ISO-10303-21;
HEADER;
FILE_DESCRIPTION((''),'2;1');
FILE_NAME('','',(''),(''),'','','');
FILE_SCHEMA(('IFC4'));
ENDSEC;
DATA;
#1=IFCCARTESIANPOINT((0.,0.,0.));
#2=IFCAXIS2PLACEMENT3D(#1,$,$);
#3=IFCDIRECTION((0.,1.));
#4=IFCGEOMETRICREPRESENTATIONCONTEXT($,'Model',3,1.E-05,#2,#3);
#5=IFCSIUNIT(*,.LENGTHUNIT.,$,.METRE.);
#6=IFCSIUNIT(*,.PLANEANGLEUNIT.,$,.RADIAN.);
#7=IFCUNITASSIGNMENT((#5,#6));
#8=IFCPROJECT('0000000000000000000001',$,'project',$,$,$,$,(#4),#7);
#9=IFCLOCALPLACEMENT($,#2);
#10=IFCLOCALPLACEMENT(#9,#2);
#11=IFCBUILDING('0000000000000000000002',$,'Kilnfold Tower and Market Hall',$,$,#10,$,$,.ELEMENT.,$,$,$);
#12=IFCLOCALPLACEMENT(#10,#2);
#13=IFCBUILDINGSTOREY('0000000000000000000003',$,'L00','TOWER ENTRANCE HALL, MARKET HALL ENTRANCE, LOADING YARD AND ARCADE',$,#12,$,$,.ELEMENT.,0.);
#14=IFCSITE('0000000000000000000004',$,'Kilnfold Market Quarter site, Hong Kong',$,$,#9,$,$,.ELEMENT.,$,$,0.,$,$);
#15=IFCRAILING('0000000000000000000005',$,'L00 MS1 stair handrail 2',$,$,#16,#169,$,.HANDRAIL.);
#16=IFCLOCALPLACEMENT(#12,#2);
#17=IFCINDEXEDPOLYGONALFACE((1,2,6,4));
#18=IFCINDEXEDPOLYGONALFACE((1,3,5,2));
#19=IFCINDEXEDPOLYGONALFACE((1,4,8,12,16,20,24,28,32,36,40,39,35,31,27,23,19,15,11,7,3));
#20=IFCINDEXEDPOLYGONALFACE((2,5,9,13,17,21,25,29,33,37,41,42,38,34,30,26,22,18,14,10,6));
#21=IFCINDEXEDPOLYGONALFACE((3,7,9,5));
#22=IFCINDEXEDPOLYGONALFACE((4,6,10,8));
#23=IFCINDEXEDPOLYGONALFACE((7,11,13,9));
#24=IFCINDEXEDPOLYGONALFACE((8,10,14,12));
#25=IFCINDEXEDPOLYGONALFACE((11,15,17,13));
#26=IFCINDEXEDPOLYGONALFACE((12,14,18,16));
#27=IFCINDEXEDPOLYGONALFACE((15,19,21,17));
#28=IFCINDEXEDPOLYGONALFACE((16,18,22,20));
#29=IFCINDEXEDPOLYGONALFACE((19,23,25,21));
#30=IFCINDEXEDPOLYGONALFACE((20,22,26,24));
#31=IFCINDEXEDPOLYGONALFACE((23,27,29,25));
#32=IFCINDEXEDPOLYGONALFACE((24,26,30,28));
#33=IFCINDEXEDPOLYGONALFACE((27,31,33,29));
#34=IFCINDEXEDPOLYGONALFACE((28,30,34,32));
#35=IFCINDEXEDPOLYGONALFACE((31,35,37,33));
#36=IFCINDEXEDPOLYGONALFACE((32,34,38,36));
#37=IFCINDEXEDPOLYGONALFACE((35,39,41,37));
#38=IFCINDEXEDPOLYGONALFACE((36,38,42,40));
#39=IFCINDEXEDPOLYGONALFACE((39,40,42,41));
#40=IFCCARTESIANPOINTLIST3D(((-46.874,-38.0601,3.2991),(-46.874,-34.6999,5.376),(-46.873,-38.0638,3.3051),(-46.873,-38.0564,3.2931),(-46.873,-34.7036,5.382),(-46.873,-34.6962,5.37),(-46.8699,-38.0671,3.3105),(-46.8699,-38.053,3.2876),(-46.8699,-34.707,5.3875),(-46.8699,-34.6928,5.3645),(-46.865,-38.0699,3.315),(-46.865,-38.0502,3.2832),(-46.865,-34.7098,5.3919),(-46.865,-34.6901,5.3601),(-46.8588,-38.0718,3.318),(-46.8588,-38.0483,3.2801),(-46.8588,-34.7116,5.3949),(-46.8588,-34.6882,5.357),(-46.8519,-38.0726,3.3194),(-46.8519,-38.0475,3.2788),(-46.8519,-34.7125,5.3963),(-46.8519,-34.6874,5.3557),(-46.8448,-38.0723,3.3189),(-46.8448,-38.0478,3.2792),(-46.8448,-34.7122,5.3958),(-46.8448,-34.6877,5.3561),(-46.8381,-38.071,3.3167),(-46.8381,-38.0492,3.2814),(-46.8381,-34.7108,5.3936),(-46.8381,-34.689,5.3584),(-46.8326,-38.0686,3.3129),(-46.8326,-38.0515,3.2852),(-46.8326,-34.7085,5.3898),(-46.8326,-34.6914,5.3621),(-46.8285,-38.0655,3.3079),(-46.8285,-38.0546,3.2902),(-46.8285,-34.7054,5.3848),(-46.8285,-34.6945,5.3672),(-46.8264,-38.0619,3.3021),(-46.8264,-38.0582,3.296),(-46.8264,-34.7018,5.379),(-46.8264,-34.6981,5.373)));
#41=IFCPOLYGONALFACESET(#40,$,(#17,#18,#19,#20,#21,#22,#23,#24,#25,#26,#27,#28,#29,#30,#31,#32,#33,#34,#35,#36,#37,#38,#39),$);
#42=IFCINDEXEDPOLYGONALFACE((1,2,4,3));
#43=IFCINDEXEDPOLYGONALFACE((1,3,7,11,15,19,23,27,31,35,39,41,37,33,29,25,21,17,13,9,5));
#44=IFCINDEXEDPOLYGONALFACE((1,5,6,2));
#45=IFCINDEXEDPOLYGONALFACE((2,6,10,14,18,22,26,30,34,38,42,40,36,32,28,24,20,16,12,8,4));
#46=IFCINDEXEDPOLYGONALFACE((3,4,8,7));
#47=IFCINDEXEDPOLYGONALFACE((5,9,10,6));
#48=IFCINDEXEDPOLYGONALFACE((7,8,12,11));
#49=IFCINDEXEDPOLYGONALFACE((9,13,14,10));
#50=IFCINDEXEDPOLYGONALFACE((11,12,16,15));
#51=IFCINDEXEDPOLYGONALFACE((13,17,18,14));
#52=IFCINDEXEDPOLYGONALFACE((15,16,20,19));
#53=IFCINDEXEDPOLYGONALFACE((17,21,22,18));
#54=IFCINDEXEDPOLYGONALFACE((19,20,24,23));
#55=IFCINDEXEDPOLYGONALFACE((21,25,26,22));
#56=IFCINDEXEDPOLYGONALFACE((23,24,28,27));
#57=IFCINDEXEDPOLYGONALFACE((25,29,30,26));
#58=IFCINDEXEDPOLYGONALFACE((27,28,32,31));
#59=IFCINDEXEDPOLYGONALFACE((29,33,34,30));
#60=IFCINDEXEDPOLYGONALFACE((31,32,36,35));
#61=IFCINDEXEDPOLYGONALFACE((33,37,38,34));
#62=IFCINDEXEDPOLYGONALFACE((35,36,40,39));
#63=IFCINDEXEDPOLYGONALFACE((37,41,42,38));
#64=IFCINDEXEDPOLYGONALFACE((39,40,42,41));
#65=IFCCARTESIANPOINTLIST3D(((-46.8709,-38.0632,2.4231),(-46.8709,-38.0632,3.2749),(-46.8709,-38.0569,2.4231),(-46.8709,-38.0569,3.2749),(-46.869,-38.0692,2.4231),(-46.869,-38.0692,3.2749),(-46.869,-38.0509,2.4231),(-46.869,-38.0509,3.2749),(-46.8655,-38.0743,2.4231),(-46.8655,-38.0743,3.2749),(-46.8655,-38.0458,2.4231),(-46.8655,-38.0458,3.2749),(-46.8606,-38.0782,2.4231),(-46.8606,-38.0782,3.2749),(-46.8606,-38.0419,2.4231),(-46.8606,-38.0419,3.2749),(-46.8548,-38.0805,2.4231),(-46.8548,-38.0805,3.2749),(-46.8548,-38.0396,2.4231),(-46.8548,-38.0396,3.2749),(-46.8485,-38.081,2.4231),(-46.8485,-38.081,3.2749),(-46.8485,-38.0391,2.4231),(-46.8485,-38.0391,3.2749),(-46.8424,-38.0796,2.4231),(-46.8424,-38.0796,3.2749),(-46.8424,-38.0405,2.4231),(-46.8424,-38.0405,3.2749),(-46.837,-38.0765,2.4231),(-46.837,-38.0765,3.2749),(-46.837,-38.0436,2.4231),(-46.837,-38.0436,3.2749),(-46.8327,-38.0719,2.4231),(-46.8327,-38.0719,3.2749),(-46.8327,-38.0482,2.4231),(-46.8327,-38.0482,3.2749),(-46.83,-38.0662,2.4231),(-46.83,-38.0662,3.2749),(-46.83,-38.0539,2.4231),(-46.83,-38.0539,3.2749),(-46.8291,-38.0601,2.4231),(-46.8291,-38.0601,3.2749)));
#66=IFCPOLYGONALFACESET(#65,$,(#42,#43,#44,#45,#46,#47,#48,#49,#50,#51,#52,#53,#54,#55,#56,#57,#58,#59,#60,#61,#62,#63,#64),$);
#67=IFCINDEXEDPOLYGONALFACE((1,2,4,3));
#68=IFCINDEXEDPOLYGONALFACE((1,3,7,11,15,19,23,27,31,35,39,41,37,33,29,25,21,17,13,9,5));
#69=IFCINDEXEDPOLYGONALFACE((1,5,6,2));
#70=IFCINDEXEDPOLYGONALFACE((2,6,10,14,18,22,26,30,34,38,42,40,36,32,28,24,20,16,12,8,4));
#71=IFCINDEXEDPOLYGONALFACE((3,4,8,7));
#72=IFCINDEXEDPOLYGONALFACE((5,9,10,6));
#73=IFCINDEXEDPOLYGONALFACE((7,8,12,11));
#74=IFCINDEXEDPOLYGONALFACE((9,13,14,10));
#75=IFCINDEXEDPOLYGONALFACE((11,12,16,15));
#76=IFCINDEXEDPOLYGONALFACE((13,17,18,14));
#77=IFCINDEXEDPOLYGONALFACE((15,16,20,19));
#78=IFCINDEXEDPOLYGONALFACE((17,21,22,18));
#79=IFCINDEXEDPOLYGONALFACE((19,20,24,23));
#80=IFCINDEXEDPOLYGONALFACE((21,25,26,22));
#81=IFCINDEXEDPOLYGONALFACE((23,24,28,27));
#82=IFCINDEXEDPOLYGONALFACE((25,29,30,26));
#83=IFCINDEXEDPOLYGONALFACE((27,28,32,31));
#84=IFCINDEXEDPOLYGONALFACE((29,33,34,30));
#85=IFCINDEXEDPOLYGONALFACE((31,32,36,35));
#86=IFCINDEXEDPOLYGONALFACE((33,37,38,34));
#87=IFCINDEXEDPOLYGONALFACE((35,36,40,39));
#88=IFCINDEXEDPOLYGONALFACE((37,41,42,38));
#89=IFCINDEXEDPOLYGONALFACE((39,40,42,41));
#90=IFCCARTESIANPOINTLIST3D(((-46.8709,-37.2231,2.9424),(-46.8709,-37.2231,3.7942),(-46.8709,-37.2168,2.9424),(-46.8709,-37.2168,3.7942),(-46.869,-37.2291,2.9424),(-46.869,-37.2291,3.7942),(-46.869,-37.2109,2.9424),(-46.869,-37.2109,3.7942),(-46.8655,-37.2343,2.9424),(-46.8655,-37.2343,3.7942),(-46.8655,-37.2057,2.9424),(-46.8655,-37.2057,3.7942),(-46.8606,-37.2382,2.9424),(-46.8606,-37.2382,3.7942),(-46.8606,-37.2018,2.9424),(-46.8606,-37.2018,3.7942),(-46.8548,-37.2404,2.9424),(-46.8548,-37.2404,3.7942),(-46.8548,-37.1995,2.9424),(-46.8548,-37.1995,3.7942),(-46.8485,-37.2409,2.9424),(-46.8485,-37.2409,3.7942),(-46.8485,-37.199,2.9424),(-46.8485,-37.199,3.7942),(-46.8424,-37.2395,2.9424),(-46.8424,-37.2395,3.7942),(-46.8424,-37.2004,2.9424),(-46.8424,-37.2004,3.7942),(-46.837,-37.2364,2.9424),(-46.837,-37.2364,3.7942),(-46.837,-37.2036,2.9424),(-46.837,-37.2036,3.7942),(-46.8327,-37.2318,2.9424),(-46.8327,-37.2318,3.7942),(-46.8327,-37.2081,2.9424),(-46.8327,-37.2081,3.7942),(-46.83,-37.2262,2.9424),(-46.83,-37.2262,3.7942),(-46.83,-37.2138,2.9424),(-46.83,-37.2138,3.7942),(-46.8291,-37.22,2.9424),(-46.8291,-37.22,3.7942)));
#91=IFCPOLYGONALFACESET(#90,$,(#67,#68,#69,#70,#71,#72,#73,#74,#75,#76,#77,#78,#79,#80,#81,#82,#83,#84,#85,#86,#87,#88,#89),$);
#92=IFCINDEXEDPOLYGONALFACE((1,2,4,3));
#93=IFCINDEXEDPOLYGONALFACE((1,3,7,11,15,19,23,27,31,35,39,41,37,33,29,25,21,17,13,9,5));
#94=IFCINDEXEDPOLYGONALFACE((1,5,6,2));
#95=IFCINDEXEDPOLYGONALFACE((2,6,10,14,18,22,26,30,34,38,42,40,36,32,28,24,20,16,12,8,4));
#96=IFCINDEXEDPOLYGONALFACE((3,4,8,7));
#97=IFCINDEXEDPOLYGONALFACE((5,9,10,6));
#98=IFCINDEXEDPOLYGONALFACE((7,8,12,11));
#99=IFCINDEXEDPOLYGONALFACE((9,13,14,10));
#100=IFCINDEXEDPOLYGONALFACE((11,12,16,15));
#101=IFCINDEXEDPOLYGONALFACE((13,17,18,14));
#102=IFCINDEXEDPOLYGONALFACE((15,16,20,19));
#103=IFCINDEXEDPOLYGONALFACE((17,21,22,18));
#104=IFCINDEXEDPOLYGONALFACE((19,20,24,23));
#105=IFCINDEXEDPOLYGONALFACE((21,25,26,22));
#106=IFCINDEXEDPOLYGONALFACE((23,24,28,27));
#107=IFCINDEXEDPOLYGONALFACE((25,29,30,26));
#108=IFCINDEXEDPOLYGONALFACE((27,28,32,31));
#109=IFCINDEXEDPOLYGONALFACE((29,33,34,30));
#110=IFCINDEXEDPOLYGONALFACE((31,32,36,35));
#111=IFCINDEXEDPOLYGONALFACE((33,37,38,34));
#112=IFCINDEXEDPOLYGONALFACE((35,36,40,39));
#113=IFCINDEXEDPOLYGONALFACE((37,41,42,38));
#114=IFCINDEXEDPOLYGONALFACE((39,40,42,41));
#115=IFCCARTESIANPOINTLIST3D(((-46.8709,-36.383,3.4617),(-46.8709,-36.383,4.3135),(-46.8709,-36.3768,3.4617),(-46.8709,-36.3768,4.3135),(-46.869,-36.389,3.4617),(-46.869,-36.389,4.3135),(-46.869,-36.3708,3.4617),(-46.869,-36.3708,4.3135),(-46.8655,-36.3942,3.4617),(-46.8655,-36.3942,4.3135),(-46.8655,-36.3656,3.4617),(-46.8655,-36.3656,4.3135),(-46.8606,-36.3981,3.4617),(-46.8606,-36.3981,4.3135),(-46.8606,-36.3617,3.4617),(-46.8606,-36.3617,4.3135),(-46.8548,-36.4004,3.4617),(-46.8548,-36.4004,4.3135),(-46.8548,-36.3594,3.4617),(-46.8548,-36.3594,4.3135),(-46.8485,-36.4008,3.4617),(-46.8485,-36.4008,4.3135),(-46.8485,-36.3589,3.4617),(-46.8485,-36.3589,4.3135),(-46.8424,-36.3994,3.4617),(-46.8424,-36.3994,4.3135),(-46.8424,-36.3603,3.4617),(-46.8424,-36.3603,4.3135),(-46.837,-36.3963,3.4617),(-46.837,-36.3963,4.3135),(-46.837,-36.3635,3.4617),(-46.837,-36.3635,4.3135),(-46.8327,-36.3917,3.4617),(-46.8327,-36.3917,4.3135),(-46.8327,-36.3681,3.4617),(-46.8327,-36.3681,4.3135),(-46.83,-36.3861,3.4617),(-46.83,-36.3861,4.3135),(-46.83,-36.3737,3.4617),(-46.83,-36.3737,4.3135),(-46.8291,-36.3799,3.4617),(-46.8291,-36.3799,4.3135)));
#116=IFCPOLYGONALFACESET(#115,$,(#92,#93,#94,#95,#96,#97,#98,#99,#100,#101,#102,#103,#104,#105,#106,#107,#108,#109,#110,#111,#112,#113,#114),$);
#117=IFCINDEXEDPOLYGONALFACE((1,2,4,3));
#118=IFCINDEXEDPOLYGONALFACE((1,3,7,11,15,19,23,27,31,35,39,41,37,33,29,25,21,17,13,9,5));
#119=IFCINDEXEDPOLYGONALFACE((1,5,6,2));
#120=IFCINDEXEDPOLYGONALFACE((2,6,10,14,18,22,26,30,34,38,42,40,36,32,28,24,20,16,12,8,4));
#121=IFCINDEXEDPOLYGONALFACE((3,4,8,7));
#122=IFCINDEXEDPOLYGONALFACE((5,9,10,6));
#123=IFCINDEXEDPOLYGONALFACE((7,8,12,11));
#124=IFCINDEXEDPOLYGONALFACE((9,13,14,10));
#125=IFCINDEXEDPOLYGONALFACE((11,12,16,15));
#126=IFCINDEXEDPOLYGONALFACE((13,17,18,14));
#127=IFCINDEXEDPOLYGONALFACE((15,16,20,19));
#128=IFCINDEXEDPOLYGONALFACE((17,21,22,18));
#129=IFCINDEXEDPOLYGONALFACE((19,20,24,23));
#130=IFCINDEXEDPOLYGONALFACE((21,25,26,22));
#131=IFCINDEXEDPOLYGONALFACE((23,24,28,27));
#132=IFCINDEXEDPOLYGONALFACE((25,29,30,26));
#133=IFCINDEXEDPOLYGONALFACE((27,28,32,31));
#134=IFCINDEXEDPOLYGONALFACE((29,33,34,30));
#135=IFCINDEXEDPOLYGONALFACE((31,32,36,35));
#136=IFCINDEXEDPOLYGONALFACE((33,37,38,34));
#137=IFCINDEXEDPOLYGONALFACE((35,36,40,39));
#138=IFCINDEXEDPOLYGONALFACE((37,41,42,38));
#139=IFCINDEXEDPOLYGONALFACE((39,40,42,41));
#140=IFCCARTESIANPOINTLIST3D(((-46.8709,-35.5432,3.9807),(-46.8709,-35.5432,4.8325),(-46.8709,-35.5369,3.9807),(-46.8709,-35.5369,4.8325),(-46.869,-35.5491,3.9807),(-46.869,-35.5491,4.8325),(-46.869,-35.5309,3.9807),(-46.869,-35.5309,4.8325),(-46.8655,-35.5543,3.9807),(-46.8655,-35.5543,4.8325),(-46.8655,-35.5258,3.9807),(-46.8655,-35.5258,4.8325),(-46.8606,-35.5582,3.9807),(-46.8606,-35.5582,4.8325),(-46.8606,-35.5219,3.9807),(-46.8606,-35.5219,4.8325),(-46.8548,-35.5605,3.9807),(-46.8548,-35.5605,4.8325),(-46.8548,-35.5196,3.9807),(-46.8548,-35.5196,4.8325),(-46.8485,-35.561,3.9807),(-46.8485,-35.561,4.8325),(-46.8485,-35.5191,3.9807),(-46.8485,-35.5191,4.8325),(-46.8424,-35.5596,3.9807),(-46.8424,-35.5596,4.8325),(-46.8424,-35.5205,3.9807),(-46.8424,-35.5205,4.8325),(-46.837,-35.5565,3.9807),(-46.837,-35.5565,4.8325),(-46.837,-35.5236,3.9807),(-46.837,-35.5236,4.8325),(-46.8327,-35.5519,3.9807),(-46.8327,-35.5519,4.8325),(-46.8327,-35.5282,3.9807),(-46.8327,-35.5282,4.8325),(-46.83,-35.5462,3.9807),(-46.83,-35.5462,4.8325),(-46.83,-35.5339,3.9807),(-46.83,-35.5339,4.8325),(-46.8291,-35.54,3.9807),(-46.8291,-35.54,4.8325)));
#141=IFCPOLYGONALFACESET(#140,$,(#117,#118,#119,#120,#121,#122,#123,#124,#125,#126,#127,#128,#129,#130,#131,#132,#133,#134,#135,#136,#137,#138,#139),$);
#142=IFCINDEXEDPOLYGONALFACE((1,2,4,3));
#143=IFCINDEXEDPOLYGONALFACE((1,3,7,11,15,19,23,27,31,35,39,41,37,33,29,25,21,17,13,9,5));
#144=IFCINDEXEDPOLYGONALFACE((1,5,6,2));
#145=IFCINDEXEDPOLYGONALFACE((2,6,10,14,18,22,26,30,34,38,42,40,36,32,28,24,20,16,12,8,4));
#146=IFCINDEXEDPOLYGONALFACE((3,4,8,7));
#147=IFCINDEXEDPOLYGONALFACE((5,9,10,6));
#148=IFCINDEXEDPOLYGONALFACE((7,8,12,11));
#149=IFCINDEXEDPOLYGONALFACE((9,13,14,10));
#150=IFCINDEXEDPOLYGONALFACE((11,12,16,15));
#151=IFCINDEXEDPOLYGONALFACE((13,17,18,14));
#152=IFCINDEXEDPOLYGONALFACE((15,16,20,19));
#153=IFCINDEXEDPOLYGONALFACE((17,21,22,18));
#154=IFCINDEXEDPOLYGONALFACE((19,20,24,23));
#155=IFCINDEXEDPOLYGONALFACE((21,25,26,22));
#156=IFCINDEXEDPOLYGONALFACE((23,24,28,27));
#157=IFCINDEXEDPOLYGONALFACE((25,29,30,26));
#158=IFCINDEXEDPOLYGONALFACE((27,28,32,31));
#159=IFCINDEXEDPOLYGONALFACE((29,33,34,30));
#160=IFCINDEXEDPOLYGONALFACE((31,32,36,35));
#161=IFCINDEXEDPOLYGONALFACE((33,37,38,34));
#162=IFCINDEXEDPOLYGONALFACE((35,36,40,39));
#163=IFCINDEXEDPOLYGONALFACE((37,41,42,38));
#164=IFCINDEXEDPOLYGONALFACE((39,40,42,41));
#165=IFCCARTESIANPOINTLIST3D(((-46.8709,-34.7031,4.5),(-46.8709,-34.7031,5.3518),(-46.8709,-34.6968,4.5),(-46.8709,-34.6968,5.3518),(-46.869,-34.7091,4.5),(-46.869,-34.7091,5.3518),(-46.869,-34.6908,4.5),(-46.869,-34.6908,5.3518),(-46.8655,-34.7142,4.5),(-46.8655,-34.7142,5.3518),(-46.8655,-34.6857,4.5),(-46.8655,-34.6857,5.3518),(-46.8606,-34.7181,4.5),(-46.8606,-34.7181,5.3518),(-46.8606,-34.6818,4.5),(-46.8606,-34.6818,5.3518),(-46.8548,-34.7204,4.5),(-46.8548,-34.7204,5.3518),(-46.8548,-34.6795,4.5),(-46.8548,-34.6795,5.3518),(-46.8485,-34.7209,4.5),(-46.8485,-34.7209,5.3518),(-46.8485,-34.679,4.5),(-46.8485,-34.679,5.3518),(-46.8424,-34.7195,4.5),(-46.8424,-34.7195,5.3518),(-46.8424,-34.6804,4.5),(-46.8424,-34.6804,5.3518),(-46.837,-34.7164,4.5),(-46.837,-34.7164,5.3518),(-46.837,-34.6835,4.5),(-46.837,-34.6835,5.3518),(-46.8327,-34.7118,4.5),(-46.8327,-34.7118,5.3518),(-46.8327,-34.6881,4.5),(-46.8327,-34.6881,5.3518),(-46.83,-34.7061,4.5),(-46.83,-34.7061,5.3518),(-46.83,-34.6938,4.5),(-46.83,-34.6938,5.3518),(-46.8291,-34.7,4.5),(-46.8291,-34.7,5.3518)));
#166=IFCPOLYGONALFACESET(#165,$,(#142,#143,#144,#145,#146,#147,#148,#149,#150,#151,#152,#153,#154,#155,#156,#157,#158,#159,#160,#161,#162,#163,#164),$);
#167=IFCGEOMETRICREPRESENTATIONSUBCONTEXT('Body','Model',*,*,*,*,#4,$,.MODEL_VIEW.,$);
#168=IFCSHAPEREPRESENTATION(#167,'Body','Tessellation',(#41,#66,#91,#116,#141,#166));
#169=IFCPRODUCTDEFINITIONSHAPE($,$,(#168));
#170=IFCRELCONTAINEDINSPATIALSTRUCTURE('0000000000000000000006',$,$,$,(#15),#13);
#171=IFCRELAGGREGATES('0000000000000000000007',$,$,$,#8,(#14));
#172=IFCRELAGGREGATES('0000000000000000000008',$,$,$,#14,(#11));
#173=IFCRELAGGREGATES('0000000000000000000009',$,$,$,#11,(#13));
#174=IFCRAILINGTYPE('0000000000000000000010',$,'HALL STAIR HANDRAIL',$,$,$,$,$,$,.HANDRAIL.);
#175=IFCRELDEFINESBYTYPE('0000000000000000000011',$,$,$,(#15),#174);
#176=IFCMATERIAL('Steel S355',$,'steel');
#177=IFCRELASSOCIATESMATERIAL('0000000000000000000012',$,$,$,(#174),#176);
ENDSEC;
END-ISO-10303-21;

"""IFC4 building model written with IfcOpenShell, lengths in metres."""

from ifc_helpers import new_model, si_unit, direction, frame, origin, origin_2d, place, context, subcontext, project, spatial, circle, extrude, material, type_object, element, save


model = new_model("IFC4")

# Units and contexts
model_context = context("Model", 3, precision=1e-05, world=origin(), true_north=direction((0.0, 1.0)))
body_context = subcontext(model_context, "Body", "Model", "MODEL_VIEW")
ifc_project = project(units=[si_unit("LENGTHUNIT", "METRE"), si_unit("PLANEANGLEUNIT", "RADIAN")], contexts=[model_context])

# Site, building, storey
site_placement = place(None, origin())
site = spatial("IfcSite", under=ifc_project, at=site_placement, Name="Kilnfold Market Quarter site, Hong Kong", CompositionType="ELEMENT", RefElevation=0.0)
building_placement = place(site_placement, origin())
building = spatial("IfcBuilding", under=site, at=building_placement, Name="Kilnfold Tower and Market Hall", CompositionType="ELEMENT")
storey_placement = place(building_placement, origin())
storey = spatial("IfcBuildingStorey", under=building, at=storey_placement, Name="L00", Description="TOWER ENTRANCE HALL, MARKET HALL ENTRANCE, LOADING YARD AND ARCADE", CompositionType="ELEMENT", Elevation=0.0)

# Railing
ifc_material_1 = material(Name="Steel S355", Category="steel")
railing_type_1 = type_object("IfcRailingType", Name="HALL STAIR HANDRAIL", PredefinedType="HANDRAIL", material=ifc_material_1)
for number, where, name in (
    (1, (-46.8501, -38.0601, 2.4231), "L00 MS1 stair handrail 2"),
):
    element("IfcRailing", number, at=place(storey_placement, frame(where)), inside=storey, type_object=railing_type_1, Name=name, PredefinedType="HANDRAIL", context=body_context, shape_type="SweptSolid", body=[
        extrude(circle(Radius=0.0239, at=origin_2d()), frame((0.0, 0.0, 0.876), z_axis=(0.0, 0.850623, 0.525776), x_axis=(-1.0, 0.0, 0.0)), (0.0, 0.0, 1.0), 3.9502),
        extrude(circle(Radius=0.021, at=origin_2d()), origin(), (0.0, 0.0, 1.0), 0.8518),
        extrude(circle(Radius=0.021, at=origin_2d()), frame((0.0, 0.8401, 0.5193)), (0.0, 0.0, 1.0), 0.8518),
        extrude(circle(Radius=0.021, at=origin_2d()), frame((0.0, 1.6802, 1.0386)), (0.0, 0.0, 1.0), 0.8518),
        extrude(circle(Radius=0.021, at=origin_2d()), frame((0.0, 2.52, 1.5576)), (0.0, 0.0, 1.0), 0.8518),
        extrude(circle(Radius=0.021, at=origin_2d()), frame((0.0, 3.3601, 2.0769)), (0.0, 0.0, 1.0), 0.8518),
    ])

save(model, "model.ifc")
